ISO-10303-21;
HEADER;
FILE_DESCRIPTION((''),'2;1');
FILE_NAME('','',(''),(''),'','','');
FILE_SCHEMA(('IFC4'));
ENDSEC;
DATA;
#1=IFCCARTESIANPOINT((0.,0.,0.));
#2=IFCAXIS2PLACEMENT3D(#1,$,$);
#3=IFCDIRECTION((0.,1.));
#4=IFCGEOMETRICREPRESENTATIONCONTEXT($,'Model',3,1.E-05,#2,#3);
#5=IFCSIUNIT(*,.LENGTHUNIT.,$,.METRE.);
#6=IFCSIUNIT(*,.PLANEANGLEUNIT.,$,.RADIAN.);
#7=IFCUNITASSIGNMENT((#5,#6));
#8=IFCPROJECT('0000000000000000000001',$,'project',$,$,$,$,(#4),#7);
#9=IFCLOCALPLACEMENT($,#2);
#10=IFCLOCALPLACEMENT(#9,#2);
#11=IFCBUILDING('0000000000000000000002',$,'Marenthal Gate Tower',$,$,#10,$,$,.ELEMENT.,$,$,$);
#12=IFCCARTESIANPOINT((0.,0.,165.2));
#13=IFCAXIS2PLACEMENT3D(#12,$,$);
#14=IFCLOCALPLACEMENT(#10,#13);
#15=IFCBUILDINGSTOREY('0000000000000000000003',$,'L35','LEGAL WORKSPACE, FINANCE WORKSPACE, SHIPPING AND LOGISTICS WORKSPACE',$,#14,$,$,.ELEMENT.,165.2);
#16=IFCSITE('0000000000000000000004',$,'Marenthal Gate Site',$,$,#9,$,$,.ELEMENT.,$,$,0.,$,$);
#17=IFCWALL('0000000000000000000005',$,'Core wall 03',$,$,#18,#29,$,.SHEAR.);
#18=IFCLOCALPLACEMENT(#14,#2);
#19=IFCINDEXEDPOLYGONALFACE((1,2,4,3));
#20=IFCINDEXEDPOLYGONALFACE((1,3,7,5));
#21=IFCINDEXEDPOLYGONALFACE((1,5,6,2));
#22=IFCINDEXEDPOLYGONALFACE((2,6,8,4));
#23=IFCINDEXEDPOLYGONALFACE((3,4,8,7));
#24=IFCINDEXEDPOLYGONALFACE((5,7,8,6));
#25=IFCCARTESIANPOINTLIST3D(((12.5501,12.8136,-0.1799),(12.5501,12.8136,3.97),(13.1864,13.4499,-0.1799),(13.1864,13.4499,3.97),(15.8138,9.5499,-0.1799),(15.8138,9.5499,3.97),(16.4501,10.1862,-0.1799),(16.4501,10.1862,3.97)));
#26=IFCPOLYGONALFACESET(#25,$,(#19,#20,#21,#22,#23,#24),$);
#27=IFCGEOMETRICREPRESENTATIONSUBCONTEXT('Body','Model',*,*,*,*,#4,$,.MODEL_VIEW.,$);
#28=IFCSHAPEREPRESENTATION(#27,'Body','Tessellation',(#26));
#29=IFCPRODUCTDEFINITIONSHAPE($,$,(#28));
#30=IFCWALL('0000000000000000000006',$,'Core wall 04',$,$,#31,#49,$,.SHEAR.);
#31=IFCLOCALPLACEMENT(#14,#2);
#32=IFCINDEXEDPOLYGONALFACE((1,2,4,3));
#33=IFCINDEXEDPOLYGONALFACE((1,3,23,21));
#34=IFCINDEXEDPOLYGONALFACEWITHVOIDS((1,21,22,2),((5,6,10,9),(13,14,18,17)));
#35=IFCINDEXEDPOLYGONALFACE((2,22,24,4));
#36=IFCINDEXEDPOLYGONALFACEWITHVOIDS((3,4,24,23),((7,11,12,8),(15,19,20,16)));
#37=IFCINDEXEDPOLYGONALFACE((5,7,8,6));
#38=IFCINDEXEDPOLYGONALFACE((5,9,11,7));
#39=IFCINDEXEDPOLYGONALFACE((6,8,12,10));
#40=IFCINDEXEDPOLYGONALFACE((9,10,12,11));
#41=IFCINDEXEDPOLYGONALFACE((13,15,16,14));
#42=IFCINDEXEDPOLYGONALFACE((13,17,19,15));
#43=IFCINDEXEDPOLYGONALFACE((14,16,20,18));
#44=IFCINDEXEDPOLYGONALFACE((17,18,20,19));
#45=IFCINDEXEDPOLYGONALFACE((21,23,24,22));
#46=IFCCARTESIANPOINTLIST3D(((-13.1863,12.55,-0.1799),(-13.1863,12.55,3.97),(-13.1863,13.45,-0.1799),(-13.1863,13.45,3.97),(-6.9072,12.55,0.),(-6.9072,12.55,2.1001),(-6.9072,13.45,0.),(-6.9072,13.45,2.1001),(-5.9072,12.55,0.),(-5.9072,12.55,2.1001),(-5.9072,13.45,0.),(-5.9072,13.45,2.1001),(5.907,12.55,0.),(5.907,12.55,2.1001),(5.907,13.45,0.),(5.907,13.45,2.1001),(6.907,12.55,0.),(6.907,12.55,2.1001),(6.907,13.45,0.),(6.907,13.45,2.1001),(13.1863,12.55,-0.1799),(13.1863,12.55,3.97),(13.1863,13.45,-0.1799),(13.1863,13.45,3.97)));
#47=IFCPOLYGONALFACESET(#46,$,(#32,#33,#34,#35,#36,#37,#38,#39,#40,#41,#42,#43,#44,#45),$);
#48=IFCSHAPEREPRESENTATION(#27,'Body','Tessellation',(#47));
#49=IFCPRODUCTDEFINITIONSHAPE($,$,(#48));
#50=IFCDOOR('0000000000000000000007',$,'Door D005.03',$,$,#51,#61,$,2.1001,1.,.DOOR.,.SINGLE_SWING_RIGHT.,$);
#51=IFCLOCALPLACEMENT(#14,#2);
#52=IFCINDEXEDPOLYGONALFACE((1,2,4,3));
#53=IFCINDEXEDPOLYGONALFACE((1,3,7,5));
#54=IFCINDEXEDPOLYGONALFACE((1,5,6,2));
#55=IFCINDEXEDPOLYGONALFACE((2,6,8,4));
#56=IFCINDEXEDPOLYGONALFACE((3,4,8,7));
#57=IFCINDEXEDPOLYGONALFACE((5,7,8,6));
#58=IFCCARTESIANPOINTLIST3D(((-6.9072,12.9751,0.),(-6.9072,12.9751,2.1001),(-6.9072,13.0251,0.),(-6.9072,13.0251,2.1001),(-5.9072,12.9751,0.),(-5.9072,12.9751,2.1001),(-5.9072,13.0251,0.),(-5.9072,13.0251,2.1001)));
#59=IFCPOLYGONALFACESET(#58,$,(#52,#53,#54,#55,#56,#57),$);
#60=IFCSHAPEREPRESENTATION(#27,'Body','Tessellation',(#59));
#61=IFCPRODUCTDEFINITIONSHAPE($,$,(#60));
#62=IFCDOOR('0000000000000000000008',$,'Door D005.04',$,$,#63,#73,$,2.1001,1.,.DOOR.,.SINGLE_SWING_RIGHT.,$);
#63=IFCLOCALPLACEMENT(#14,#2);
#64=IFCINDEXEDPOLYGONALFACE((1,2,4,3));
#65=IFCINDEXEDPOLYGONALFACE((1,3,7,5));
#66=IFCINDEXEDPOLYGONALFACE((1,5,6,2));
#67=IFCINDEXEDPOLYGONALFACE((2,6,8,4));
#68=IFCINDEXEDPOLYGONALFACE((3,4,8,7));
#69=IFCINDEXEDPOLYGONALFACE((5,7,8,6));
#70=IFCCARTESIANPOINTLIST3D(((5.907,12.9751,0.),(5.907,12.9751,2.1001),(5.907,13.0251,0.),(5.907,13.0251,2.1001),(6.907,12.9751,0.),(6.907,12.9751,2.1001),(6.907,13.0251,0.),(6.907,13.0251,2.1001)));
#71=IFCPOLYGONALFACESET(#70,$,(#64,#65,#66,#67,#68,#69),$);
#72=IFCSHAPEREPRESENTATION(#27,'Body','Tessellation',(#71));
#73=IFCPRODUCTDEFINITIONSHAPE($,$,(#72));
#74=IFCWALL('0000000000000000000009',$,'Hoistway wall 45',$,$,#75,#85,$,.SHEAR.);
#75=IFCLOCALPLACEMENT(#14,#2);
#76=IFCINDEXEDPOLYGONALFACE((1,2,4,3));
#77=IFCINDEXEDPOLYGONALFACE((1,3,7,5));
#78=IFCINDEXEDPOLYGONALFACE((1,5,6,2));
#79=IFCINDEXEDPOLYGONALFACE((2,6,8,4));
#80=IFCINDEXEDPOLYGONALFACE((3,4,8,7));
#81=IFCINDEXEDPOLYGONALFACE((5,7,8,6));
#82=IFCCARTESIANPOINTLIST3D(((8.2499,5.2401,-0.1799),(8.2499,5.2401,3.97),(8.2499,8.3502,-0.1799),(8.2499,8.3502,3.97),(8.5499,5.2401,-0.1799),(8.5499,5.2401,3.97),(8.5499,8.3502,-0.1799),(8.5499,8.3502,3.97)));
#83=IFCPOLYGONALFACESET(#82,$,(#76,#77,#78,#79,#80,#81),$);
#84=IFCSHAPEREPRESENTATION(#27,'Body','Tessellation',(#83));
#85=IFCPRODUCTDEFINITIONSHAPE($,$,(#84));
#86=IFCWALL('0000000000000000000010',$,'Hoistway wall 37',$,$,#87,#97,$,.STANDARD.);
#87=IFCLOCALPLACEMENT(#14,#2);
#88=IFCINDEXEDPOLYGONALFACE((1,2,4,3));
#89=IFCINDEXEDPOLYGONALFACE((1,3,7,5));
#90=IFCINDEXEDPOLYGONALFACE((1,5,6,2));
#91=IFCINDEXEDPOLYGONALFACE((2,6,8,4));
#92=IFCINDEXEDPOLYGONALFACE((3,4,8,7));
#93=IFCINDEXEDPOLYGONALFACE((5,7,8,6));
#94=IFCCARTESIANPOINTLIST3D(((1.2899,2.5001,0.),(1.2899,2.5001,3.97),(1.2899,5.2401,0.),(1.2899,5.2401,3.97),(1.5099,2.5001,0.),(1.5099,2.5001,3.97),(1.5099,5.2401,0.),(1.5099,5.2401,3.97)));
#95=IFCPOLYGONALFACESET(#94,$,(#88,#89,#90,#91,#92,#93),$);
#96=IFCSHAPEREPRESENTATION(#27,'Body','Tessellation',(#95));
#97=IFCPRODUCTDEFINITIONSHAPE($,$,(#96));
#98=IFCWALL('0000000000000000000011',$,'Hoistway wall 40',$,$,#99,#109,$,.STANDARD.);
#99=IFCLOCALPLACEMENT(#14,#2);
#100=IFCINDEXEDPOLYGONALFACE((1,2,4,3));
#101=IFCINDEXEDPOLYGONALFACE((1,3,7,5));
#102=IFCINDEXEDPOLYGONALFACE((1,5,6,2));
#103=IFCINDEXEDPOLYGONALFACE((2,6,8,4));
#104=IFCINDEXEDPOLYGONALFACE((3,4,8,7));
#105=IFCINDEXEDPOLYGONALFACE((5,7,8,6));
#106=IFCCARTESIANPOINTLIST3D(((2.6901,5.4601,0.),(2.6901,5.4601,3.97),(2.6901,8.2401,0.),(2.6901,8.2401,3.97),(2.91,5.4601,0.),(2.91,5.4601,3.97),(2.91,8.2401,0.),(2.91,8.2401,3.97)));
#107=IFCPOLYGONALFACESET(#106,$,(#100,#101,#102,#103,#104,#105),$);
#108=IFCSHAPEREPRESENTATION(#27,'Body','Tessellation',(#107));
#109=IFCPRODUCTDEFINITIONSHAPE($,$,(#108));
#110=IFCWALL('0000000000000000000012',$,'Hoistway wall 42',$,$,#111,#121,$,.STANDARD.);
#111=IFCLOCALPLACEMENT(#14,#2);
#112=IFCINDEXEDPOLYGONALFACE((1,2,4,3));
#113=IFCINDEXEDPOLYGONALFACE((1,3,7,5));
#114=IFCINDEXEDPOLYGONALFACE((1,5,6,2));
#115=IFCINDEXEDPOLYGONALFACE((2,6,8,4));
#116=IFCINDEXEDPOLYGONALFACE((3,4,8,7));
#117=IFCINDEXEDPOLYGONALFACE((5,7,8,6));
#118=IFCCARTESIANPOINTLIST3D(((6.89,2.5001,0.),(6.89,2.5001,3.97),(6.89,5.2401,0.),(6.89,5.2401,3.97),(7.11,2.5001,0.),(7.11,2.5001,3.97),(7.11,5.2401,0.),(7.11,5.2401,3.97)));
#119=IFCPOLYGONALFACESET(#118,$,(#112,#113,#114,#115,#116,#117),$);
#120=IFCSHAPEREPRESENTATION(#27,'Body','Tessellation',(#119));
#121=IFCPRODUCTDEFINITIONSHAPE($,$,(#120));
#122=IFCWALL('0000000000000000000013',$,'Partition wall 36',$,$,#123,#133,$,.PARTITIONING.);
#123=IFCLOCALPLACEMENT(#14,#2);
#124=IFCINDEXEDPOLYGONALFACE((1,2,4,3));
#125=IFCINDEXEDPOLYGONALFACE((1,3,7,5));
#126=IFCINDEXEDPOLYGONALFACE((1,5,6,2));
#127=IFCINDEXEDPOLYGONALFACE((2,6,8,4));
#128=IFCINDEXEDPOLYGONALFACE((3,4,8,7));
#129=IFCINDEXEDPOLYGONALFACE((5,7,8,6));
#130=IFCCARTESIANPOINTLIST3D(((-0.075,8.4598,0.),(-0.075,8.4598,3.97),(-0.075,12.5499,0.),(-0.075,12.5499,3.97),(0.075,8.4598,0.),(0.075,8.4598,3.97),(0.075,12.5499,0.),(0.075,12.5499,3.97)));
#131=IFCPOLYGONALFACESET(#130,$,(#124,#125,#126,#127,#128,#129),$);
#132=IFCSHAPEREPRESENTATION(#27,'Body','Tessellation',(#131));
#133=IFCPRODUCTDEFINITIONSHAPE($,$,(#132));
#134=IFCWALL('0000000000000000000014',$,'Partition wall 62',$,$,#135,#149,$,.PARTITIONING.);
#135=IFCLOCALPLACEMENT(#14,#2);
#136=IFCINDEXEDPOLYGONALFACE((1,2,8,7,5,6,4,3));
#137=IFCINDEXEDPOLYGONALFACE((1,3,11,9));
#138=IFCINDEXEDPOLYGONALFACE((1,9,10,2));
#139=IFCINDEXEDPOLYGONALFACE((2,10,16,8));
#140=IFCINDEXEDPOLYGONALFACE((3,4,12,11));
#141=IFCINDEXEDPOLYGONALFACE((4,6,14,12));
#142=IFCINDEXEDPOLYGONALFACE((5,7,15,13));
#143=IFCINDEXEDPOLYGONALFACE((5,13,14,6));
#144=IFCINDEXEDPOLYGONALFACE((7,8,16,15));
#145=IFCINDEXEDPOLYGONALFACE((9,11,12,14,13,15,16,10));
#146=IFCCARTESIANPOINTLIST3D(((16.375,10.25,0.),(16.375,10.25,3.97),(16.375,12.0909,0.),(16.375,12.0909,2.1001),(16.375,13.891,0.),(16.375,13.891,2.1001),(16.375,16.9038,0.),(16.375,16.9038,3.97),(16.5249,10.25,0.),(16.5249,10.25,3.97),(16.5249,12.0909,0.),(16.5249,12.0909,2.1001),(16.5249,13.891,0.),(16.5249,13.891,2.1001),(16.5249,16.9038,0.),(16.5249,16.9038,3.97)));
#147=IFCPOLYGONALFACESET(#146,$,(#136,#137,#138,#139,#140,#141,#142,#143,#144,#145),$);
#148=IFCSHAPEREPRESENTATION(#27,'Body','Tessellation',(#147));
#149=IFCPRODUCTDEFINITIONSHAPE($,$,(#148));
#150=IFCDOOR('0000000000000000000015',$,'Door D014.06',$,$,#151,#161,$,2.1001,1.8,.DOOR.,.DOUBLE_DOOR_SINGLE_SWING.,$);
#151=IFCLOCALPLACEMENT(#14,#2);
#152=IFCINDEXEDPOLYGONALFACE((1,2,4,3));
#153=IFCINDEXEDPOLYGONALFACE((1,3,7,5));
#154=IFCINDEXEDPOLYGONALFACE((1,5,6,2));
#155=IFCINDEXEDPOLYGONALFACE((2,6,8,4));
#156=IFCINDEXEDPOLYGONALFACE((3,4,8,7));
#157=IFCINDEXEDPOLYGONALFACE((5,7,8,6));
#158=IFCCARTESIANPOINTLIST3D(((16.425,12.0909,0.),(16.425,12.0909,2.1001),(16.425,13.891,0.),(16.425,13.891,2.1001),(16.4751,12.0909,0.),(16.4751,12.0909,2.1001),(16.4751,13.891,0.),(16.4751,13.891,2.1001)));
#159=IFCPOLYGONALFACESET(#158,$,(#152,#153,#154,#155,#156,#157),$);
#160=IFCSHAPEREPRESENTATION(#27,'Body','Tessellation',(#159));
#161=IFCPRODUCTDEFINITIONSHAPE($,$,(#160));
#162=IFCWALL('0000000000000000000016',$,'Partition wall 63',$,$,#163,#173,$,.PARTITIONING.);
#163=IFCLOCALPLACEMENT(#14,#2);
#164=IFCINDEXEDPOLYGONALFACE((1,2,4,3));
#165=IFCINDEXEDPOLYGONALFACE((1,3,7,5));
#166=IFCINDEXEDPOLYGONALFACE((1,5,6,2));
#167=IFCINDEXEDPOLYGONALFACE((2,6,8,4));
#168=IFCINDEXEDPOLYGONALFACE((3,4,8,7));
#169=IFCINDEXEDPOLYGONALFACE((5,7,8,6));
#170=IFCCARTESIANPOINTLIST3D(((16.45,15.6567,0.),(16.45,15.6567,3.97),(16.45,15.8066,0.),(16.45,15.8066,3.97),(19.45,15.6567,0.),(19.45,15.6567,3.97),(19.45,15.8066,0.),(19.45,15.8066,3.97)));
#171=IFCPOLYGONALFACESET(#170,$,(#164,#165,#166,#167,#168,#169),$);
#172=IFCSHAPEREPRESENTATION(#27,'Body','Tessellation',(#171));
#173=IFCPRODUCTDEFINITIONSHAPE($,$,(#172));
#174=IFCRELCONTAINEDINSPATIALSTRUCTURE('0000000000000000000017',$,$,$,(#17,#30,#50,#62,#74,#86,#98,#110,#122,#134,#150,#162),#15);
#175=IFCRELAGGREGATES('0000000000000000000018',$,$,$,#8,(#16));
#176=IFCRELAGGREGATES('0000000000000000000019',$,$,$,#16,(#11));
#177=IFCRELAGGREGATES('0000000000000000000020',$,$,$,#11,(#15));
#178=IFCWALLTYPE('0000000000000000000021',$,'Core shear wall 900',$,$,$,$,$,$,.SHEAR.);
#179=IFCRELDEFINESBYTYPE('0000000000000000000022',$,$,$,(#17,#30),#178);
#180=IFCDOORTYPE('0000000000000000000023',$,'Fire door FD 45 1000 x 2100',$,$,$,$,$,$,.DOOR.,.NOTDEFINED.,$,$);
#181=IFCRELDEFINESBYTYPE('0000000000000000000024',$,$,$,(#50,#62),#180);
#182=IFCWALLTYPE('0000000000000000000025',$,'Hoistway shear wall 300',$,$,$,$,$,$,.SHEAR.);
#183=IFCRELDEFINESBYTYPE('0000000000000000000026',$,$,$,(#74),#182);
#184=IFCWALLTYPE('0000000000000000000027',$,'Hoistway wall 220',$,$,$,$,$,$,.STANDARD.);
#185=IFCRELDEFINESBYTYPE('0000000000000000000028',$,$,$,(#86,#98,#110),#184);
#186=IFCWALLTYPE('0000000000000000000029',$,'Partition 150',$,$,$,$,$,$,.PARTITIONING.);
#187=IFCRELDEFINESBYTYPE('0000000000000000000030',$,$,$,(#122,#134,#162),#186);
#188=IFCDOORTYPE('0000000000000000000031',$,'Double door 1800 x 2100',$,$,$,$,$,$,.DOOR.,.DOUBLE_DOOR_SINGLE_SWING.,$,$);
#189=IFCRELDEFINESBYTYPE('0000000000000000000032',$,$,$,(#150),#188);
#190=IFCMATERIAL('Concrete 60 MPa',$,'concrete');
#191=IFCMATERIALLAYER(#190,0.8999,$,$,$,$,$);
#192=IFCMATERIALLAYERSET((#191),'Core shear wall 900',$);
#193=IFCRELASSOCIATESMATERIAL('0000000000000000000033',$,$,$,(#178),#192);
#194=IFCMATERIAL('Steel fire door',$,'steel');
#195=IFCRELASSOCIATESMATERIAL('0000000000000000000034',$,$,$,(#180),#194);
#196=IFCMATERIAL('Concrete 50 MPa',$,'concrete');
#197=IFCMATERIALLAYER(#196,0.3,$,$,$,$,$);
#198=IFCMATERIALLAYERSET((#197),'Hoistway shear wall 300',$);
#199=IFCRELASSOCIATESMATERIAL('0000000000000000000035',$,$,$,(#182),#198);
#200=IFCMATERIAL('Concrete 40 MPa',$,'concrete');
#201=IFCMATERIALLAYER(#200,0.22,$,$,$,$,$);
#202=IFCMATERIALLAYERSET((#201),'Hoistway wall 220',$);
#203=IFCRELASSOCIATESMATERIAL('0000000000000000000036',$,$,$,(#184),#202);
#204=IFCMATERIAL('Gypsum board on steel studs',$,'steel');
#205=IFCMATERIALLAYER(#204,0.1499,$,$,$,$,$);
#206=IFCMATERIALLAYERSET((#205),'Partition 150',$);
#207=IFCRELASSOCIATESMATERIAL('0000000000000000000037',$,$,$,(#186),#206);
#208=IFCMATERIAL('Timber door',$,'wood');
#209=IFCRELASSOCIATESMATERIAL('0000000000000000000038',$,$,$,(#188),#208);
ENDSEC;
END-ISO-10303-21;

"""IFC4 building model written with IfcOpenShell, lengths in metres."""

from ifc_helpers import new_model, si_unit, direction, frame, frame_2d, origin, place, context, subcontext, project, spatial, rectangle, extrude, material, layer, layer_set, type_object, element, fill, save


model = new_model("IFC4")

# Units and contexts
model_context = context("Model", 3, precision=1e-05, world=origin(), true_north=direction((0.0, 1.0)))
body_context = subcontext(model_context, "Body", "Model", "MODEL_VIEW")
ifc_project = project(units=[si_unit("LENGTHUNIT", "METRE"), si_unit("PLANEANGLEUNIT", "RADIAN")], contexts=[model_context])

# Site, building, storey
site_placement = place(None, origin())
site = spatial("IfcSite", under=ifc_project, at=site_placement, Name="Marenthal Gate Site", CompositionType="ELEMENT", RefElevation=0.0)
building_placement = place(site_placement, origin())
building = spatial("IfcBuilding", under=site, at=building_placement, Name="Marenthal Gate Tower", CompositionType="ELEMENT")
storey_placement = place(building_placement, frame((0.0, 0.0, 165.2)))
storey = spatial("IfcBuildingStorey", under=building, at=storey_placement, Name="L35", Description="LEGAL WORKSPACE, FINANCE WORKSPACE, SHIPPING AND LOGISTICS WORKSPACE", CompositionType="ELEMENT", Elevation=165.2)

# Wall
ifc_material_1 = material(Name="Concrete 60 MPa", Category="concrete")
ifc_layer_1 = layer(ifc_material_1, 0.8999)
ifc_layer_set_1 = layer_set([ifc_layer_1], Name="Core shear wall 900")
wall_type_1 = type_object("IfcWallType", Name="Core shear wall 900", PredefinedType="SHEAR", material=ifc_layer_set_1)
wall_1_placement = place(storey_placement, frame((16.1318, 9.8682, -0.1799), z_axis=(0.0, 0.0, 1.0), x_axis=(-0.707107, 0.707107, 0.0)))
element("IfcWall", 1, at=wall_1_placement, inside=storey, type_object=wall_type_1, Name="Core wall 03", PredefinedType="SHEAR", context=body_context, shape_type="SweptSolid", body=[
    extrude(rectangle(XDim=4.6155, YDim=0.8999, at=frame_2d((2.3076, 0.0))), origin(), (0.0, 0.0, 1.0), 4.1499),
])

# Wall, openings, doors
wall_2_placement = place(storey_placement, frame((13.1863, 13.0, -0.1799), z_axis=(0.0, 0.0, 1.0), x_axis=(-1.0, 0.0, 0.0)))
wall_2 = element("IfcWall", 2, at=wall_2_placement, inside=storey, type_object=wall_type_1, Name="Core wall 04", PredefinedType="SHEAR", context=body_context, shape_type="SweptSolid", body=[
    extrude(rectangle(XDim=26.3726, YDim=0.8999, at=frame_2d((13.1863, 0.0))), origin(), (0.0, 0.0, 1.0), 4.1499),
])
opening_1_placement = place(wall_2_placement, frame((19.0935, 0.0, 0.1799)))
opening_1 = element("IfcOpeningElement", 3, at=opening_1_placement, cuts=wall_2, PredefinedType="OPENING", context=body_context, shape_type="SweptSolid", body=[
    extrude(rectangle(XDim=1.0, YDim=2.1001, at=frame_2d((0.5, 1.05))), frame((0.0, 0.46, 0.0), z_axis=(0.0, -1.0, 0.0), x_axis=(1.0, 0.0, 0.0)), (0.0, 0.0, 1.0), 0.9199),
])
opening_2_placement = place(wall_2_placement, frame((6.2793, 0.0, 0.1799)))
opening_2 = element("IfcOpeningElement", 4, at=opening_2_placement, cuts=wall_2, PredefinedType="OPENING", context=body_context, shape_type="SweptSolid", body=[
    extrude(rectangle(XDim=1.0, YDim=2.1001, at=frame_2d((0.5, 1.05))), frame((0.0, 0.46, 0.0), z_axis=(0.0, -1.0, 0.0), x_axis=(1.0, 0.0, 0.0)), (0.0, 0.0, 1.0), 0.9199),
])
ifc_material_2 = material(Name="Steel fire door", Category="steel")
door_type_1 = type_object("IfcDoorType", Name="Fire door FD 45 1000 x 2100", OperationType="NOTDEFINED", PredefinedType="DOOR", material=ifc_material_2)
door_1_placement = place(opening_1_placement, origin())
door_1 = element("IfcDoor", 5, at=door_1_placement, inside=storey, type_object=door_type_1, Name="Door D005.03", OperationType="SINGLE_SWING_RIGHT", OverallHeight=2.1001, OverallWidth=1.0, PredefinedType="DOOR", context=body_context, shape_type="SweptSolid", body=[
    extrude(rectangle(XDim=1.0, YDim=2.1001, at=frame_2d((0.5, 1.05))), frame((0.0, 0.0249, 0.0), z_axis=(0.0, -1.0, 0.0), x_axis=(1.0, 0.0, 0.0)), (0.0, 0.0, 1.0), 0.05),
])
fill(opening_1, door_1)
door_2_placement = place(opening_2_placement, origin())
door_2 = element("IfcDoor", 6, at=door_2_placement, inside=storey, type_object=door_type_1, Name="Door D005.04", OperationType="SINGLE_SWING_RIGHT", OverallHeight=2.1001, OverallWidth=1.0, PredefinedType="DOOR", context=body_context, shape_type="SweptSolid", body=[
    extrude(rectangle(XDim=1.0, YDim=2.1001, at=frame_2d((0.5, 1.05))), frame((0.0, 0.0249, 0.0), z_axis=(0.0, -1.0, 0.0), x_axis=(1.0, 0.0, 0.0)), (0.0, 0.0, 1.0), 0.05),
])
fill(opening_2, door_2)

# Walls
ifc_material_3 = material(Name="Concrete 50 MPa", Category="concrete")
ifc_layer_2 = layer(ifc_material_3, 0.3)
ifc_layer_set_2 = layer_set([ifc_layer_2], Name="Hoistway shear wall 300")
wall_type_2 = type_object("IfcWallType", Name="Hoistway shear wall 300", PredefinedType="SHEAR", material=ifc_layer_set_2)
wall_3_placement = place(storey_placement, frame((8.3999, 5.24, -0.1799), z_axis=(0.0, 0.0, 1.0), x_axis=(0.0, 1.0, 0.0)))
element("IfcWall", 7, at=wall_3_placement, inside=storey, type_object=wall_type_2, Name="Hoistway wall 45", PredefinedType="SHEAR", context=body_context, shape_type="SweptSolid", body=[
    extrude(rectangle(XDim=3.1101, YDim=0.3, at=frame_2d((1.5552, 0.0))), origin(), (0.0, 0.0, 1.0), 4.1499),
])
ifc_material_4 = material(Name="Concrete 40 MPa", Category="concrete")
ifc_layer_3 = layer(ifc_material_4, 0.22)
ifc_layer_set_3 = layer_set([ifc_layer_3], Name="Hoistway wall 220")
wall_type_3 = type_object("IfcWallType", Name="Hoistway wall 220", PredefinedType="STANDARD", material=ifc_layer_set_3)
wall_4_placement = place(storey_placement, frame((1.3999, 2.5, 0.0), z_axis=(0.0, 0.0, 1.0), x_axis=(0.0, 1.0, 0.0)))
element("IfcWall", 8, at=wall_4_placement, inside=storey, type_object=wall_type_3, Name="Hoistway wall 37", PredefinedType="STANDARD", context=body_context, shape_type="SweptSolid", body=[
    extrude(rectangle(XDim=2.74, YDim=0.22, at=frame_2d((1.3701, 0.0))), origin(), (0.0, 0.0, 1.0), 3.97),
])
wall_5_placement = place(storey_placement, frame((2.8, 5.46, 0.0), z_axis=(0.0, 0.0, 1.0), x_axis=(0.0, 1.0, 0.0)))
element("IfcWall", 9, at=wall_5_placement, inside=storey, type_object=wall_type_3, Name="Hoistway wall 40", PredefinedType="STANDARD", context=body_context, shape_type="SweptSolid", body=[
    extrude(rectangle(XDim=2.78, YDim=0.22, at=frame_2d((1.3901, 0.0))), origin(), (0.0, 0.0, 1.0), 3.97),
])
wall_6_placement = place(storey_placement, frame((7.0, 2.5, 0.0), z_axis=(0.0, 0.0, 1.0), x_axis=(0.0, 1.0, 0.0)))
element("IfcWall", 10, at=wall_6_placement, inside=storey, type_object=wall_type_3, Name="Hoistway wall 42", PredefinedType="STANDARD", context=body_context, shape_type="SweptSolid", body=[
    extrude(rectangle(XDim=2.74, YDim=0.22, at=frame_2d((1.3701, 0.0))), origin(), (0.0, 0.0, 1.0), 3.97),
])
ifc_material_5 = material(Name="Gypsum board on steel studs", Category="steel")
ifc_layer_4 = layer(ifc_material_5, 0.1499)
ifc_layer_set_4 = layer_set([ifc_layer_4], Name="Partition 150")
wall_type_4 = type_object("IfcWallType", Name="Partition 150", PredefinedType="PARTITIONING", material=ifc_layer_set_4)
wall_7_placement = place(storey_placement, frame((0.0, 8.46, 0.0), z_axis=(0.0, 0.0, 1.0), x_axis=(0.0, 1.0, 0.0)))
element("IfcWall", 11, at=wall_7_placement, inside=storey, type_object=wall_type_4, Name="Partition wall 36", PredefinedType="PARTITIONING", context=body_context, shape_type="SweptSolid", body=[
    extrude(rectangle(XDim=4.0901, YDim=0.1499, at=frame_2d((2.0449, 0.0))), origin(), (0.0, 0.0, 1.0), 3.97),
])

# Wall, opening, door
wall_8_placement = place(storey_placement, frame((16.45, 10.25, 0.0), z_axis=(0.0, 0.0, 1.0), x_axis=(0.0, 1.0, 0.0)))
wall_8 = element("IfcWall", 12, at=wall_8_placement, inside=storey, type_object=wall_type_4, Name="Partition wall 62", PredefinedType="PARTITIONING", context=body_context, shape_type="SweptSolid", body=[
    extrude(rectangle(XDim=6.6538, YDim=0.1499, at=frame_2d((3.3269, 0.0))), origin(), (0.0, 0.0, 1.0), 3.97),
])
opening_3_placement = place(wall_8_placement, frame((1.8411, 0.0, 0.0)))
opening_3 = element("IfcOpeningElement", 13, at=opening_3_placement, cuts=wall_8, PredefinedType="OPENING", context=body_context, shape_type="SweptSolid", body=[
    extrude(rectangle(XDim=1.8, YDim=2.1001, at=frame_2d((0.8999, 1.05))), frame((0.0, 0.085, 0.0), z_axis=(0.0, -1.0, 0.0), x_axis=(1.0, 0.0, 0.0)), (0.0, 0.0, 1.0), 0.1699),
])
ifc_material_6 = material(Name="Timber door", Category="wood")
door_type_2 = type_object("IfcDoorType", Name="Double door 1800 x 2100", OperationType="DOUBLE_DOOR_SINGLE_SWING", PredefinedType="DOOR", material=ifc_material_6)
door_3_placement = place(opening_3_placement, origin())
door_3 = element("IfcDoor", 14, at=door_3_placement, inside=storey, type_object=door_type_2, Name="Door D014.06", OperationType="DOUBLE_DOOR_SINGLE_SWING", OverallHeight=2.1001, OverallWidth=1.8, PredefinedType="DOOR", context=body_context, shape_type="SweptSolid", body=[
    extrude(rectangle(XDim=1.8, YDim=2.1001, at=frame_2d((0.8999, 1.05))), frame((0.0, 0.0249, 0.0), z_axis=(0.0, -1.0, 0.0), x_axis=(1.0, 0.0, 0.0)), (0.0, 0.0, 1.0), 0.05),
])
fill(opening_3, door_3)

# Wall
wall_9_placement = place(storey_placement, frame((16.45, 15.7317, 0.0), z_axis=(0.0, 0.0, 1.0), x_axis=(1.0, 0.0, 0.0)))
element("IfcWall", 15, at=wall_9_placement, inside=storey, type_object=wall_type_4, Name="Partition wall 63", PredefinedType="PARTITIONING", context=body_context, shape_type="SweptSolid", body=[
    extrude(rectangle(XDim=3.0, YDim=0.1499, at=frame_2d((1.5, 0.0))), origin(), (0.0, 0.0, 1.0), 3.97),
])

save(model, "model.ifc")
